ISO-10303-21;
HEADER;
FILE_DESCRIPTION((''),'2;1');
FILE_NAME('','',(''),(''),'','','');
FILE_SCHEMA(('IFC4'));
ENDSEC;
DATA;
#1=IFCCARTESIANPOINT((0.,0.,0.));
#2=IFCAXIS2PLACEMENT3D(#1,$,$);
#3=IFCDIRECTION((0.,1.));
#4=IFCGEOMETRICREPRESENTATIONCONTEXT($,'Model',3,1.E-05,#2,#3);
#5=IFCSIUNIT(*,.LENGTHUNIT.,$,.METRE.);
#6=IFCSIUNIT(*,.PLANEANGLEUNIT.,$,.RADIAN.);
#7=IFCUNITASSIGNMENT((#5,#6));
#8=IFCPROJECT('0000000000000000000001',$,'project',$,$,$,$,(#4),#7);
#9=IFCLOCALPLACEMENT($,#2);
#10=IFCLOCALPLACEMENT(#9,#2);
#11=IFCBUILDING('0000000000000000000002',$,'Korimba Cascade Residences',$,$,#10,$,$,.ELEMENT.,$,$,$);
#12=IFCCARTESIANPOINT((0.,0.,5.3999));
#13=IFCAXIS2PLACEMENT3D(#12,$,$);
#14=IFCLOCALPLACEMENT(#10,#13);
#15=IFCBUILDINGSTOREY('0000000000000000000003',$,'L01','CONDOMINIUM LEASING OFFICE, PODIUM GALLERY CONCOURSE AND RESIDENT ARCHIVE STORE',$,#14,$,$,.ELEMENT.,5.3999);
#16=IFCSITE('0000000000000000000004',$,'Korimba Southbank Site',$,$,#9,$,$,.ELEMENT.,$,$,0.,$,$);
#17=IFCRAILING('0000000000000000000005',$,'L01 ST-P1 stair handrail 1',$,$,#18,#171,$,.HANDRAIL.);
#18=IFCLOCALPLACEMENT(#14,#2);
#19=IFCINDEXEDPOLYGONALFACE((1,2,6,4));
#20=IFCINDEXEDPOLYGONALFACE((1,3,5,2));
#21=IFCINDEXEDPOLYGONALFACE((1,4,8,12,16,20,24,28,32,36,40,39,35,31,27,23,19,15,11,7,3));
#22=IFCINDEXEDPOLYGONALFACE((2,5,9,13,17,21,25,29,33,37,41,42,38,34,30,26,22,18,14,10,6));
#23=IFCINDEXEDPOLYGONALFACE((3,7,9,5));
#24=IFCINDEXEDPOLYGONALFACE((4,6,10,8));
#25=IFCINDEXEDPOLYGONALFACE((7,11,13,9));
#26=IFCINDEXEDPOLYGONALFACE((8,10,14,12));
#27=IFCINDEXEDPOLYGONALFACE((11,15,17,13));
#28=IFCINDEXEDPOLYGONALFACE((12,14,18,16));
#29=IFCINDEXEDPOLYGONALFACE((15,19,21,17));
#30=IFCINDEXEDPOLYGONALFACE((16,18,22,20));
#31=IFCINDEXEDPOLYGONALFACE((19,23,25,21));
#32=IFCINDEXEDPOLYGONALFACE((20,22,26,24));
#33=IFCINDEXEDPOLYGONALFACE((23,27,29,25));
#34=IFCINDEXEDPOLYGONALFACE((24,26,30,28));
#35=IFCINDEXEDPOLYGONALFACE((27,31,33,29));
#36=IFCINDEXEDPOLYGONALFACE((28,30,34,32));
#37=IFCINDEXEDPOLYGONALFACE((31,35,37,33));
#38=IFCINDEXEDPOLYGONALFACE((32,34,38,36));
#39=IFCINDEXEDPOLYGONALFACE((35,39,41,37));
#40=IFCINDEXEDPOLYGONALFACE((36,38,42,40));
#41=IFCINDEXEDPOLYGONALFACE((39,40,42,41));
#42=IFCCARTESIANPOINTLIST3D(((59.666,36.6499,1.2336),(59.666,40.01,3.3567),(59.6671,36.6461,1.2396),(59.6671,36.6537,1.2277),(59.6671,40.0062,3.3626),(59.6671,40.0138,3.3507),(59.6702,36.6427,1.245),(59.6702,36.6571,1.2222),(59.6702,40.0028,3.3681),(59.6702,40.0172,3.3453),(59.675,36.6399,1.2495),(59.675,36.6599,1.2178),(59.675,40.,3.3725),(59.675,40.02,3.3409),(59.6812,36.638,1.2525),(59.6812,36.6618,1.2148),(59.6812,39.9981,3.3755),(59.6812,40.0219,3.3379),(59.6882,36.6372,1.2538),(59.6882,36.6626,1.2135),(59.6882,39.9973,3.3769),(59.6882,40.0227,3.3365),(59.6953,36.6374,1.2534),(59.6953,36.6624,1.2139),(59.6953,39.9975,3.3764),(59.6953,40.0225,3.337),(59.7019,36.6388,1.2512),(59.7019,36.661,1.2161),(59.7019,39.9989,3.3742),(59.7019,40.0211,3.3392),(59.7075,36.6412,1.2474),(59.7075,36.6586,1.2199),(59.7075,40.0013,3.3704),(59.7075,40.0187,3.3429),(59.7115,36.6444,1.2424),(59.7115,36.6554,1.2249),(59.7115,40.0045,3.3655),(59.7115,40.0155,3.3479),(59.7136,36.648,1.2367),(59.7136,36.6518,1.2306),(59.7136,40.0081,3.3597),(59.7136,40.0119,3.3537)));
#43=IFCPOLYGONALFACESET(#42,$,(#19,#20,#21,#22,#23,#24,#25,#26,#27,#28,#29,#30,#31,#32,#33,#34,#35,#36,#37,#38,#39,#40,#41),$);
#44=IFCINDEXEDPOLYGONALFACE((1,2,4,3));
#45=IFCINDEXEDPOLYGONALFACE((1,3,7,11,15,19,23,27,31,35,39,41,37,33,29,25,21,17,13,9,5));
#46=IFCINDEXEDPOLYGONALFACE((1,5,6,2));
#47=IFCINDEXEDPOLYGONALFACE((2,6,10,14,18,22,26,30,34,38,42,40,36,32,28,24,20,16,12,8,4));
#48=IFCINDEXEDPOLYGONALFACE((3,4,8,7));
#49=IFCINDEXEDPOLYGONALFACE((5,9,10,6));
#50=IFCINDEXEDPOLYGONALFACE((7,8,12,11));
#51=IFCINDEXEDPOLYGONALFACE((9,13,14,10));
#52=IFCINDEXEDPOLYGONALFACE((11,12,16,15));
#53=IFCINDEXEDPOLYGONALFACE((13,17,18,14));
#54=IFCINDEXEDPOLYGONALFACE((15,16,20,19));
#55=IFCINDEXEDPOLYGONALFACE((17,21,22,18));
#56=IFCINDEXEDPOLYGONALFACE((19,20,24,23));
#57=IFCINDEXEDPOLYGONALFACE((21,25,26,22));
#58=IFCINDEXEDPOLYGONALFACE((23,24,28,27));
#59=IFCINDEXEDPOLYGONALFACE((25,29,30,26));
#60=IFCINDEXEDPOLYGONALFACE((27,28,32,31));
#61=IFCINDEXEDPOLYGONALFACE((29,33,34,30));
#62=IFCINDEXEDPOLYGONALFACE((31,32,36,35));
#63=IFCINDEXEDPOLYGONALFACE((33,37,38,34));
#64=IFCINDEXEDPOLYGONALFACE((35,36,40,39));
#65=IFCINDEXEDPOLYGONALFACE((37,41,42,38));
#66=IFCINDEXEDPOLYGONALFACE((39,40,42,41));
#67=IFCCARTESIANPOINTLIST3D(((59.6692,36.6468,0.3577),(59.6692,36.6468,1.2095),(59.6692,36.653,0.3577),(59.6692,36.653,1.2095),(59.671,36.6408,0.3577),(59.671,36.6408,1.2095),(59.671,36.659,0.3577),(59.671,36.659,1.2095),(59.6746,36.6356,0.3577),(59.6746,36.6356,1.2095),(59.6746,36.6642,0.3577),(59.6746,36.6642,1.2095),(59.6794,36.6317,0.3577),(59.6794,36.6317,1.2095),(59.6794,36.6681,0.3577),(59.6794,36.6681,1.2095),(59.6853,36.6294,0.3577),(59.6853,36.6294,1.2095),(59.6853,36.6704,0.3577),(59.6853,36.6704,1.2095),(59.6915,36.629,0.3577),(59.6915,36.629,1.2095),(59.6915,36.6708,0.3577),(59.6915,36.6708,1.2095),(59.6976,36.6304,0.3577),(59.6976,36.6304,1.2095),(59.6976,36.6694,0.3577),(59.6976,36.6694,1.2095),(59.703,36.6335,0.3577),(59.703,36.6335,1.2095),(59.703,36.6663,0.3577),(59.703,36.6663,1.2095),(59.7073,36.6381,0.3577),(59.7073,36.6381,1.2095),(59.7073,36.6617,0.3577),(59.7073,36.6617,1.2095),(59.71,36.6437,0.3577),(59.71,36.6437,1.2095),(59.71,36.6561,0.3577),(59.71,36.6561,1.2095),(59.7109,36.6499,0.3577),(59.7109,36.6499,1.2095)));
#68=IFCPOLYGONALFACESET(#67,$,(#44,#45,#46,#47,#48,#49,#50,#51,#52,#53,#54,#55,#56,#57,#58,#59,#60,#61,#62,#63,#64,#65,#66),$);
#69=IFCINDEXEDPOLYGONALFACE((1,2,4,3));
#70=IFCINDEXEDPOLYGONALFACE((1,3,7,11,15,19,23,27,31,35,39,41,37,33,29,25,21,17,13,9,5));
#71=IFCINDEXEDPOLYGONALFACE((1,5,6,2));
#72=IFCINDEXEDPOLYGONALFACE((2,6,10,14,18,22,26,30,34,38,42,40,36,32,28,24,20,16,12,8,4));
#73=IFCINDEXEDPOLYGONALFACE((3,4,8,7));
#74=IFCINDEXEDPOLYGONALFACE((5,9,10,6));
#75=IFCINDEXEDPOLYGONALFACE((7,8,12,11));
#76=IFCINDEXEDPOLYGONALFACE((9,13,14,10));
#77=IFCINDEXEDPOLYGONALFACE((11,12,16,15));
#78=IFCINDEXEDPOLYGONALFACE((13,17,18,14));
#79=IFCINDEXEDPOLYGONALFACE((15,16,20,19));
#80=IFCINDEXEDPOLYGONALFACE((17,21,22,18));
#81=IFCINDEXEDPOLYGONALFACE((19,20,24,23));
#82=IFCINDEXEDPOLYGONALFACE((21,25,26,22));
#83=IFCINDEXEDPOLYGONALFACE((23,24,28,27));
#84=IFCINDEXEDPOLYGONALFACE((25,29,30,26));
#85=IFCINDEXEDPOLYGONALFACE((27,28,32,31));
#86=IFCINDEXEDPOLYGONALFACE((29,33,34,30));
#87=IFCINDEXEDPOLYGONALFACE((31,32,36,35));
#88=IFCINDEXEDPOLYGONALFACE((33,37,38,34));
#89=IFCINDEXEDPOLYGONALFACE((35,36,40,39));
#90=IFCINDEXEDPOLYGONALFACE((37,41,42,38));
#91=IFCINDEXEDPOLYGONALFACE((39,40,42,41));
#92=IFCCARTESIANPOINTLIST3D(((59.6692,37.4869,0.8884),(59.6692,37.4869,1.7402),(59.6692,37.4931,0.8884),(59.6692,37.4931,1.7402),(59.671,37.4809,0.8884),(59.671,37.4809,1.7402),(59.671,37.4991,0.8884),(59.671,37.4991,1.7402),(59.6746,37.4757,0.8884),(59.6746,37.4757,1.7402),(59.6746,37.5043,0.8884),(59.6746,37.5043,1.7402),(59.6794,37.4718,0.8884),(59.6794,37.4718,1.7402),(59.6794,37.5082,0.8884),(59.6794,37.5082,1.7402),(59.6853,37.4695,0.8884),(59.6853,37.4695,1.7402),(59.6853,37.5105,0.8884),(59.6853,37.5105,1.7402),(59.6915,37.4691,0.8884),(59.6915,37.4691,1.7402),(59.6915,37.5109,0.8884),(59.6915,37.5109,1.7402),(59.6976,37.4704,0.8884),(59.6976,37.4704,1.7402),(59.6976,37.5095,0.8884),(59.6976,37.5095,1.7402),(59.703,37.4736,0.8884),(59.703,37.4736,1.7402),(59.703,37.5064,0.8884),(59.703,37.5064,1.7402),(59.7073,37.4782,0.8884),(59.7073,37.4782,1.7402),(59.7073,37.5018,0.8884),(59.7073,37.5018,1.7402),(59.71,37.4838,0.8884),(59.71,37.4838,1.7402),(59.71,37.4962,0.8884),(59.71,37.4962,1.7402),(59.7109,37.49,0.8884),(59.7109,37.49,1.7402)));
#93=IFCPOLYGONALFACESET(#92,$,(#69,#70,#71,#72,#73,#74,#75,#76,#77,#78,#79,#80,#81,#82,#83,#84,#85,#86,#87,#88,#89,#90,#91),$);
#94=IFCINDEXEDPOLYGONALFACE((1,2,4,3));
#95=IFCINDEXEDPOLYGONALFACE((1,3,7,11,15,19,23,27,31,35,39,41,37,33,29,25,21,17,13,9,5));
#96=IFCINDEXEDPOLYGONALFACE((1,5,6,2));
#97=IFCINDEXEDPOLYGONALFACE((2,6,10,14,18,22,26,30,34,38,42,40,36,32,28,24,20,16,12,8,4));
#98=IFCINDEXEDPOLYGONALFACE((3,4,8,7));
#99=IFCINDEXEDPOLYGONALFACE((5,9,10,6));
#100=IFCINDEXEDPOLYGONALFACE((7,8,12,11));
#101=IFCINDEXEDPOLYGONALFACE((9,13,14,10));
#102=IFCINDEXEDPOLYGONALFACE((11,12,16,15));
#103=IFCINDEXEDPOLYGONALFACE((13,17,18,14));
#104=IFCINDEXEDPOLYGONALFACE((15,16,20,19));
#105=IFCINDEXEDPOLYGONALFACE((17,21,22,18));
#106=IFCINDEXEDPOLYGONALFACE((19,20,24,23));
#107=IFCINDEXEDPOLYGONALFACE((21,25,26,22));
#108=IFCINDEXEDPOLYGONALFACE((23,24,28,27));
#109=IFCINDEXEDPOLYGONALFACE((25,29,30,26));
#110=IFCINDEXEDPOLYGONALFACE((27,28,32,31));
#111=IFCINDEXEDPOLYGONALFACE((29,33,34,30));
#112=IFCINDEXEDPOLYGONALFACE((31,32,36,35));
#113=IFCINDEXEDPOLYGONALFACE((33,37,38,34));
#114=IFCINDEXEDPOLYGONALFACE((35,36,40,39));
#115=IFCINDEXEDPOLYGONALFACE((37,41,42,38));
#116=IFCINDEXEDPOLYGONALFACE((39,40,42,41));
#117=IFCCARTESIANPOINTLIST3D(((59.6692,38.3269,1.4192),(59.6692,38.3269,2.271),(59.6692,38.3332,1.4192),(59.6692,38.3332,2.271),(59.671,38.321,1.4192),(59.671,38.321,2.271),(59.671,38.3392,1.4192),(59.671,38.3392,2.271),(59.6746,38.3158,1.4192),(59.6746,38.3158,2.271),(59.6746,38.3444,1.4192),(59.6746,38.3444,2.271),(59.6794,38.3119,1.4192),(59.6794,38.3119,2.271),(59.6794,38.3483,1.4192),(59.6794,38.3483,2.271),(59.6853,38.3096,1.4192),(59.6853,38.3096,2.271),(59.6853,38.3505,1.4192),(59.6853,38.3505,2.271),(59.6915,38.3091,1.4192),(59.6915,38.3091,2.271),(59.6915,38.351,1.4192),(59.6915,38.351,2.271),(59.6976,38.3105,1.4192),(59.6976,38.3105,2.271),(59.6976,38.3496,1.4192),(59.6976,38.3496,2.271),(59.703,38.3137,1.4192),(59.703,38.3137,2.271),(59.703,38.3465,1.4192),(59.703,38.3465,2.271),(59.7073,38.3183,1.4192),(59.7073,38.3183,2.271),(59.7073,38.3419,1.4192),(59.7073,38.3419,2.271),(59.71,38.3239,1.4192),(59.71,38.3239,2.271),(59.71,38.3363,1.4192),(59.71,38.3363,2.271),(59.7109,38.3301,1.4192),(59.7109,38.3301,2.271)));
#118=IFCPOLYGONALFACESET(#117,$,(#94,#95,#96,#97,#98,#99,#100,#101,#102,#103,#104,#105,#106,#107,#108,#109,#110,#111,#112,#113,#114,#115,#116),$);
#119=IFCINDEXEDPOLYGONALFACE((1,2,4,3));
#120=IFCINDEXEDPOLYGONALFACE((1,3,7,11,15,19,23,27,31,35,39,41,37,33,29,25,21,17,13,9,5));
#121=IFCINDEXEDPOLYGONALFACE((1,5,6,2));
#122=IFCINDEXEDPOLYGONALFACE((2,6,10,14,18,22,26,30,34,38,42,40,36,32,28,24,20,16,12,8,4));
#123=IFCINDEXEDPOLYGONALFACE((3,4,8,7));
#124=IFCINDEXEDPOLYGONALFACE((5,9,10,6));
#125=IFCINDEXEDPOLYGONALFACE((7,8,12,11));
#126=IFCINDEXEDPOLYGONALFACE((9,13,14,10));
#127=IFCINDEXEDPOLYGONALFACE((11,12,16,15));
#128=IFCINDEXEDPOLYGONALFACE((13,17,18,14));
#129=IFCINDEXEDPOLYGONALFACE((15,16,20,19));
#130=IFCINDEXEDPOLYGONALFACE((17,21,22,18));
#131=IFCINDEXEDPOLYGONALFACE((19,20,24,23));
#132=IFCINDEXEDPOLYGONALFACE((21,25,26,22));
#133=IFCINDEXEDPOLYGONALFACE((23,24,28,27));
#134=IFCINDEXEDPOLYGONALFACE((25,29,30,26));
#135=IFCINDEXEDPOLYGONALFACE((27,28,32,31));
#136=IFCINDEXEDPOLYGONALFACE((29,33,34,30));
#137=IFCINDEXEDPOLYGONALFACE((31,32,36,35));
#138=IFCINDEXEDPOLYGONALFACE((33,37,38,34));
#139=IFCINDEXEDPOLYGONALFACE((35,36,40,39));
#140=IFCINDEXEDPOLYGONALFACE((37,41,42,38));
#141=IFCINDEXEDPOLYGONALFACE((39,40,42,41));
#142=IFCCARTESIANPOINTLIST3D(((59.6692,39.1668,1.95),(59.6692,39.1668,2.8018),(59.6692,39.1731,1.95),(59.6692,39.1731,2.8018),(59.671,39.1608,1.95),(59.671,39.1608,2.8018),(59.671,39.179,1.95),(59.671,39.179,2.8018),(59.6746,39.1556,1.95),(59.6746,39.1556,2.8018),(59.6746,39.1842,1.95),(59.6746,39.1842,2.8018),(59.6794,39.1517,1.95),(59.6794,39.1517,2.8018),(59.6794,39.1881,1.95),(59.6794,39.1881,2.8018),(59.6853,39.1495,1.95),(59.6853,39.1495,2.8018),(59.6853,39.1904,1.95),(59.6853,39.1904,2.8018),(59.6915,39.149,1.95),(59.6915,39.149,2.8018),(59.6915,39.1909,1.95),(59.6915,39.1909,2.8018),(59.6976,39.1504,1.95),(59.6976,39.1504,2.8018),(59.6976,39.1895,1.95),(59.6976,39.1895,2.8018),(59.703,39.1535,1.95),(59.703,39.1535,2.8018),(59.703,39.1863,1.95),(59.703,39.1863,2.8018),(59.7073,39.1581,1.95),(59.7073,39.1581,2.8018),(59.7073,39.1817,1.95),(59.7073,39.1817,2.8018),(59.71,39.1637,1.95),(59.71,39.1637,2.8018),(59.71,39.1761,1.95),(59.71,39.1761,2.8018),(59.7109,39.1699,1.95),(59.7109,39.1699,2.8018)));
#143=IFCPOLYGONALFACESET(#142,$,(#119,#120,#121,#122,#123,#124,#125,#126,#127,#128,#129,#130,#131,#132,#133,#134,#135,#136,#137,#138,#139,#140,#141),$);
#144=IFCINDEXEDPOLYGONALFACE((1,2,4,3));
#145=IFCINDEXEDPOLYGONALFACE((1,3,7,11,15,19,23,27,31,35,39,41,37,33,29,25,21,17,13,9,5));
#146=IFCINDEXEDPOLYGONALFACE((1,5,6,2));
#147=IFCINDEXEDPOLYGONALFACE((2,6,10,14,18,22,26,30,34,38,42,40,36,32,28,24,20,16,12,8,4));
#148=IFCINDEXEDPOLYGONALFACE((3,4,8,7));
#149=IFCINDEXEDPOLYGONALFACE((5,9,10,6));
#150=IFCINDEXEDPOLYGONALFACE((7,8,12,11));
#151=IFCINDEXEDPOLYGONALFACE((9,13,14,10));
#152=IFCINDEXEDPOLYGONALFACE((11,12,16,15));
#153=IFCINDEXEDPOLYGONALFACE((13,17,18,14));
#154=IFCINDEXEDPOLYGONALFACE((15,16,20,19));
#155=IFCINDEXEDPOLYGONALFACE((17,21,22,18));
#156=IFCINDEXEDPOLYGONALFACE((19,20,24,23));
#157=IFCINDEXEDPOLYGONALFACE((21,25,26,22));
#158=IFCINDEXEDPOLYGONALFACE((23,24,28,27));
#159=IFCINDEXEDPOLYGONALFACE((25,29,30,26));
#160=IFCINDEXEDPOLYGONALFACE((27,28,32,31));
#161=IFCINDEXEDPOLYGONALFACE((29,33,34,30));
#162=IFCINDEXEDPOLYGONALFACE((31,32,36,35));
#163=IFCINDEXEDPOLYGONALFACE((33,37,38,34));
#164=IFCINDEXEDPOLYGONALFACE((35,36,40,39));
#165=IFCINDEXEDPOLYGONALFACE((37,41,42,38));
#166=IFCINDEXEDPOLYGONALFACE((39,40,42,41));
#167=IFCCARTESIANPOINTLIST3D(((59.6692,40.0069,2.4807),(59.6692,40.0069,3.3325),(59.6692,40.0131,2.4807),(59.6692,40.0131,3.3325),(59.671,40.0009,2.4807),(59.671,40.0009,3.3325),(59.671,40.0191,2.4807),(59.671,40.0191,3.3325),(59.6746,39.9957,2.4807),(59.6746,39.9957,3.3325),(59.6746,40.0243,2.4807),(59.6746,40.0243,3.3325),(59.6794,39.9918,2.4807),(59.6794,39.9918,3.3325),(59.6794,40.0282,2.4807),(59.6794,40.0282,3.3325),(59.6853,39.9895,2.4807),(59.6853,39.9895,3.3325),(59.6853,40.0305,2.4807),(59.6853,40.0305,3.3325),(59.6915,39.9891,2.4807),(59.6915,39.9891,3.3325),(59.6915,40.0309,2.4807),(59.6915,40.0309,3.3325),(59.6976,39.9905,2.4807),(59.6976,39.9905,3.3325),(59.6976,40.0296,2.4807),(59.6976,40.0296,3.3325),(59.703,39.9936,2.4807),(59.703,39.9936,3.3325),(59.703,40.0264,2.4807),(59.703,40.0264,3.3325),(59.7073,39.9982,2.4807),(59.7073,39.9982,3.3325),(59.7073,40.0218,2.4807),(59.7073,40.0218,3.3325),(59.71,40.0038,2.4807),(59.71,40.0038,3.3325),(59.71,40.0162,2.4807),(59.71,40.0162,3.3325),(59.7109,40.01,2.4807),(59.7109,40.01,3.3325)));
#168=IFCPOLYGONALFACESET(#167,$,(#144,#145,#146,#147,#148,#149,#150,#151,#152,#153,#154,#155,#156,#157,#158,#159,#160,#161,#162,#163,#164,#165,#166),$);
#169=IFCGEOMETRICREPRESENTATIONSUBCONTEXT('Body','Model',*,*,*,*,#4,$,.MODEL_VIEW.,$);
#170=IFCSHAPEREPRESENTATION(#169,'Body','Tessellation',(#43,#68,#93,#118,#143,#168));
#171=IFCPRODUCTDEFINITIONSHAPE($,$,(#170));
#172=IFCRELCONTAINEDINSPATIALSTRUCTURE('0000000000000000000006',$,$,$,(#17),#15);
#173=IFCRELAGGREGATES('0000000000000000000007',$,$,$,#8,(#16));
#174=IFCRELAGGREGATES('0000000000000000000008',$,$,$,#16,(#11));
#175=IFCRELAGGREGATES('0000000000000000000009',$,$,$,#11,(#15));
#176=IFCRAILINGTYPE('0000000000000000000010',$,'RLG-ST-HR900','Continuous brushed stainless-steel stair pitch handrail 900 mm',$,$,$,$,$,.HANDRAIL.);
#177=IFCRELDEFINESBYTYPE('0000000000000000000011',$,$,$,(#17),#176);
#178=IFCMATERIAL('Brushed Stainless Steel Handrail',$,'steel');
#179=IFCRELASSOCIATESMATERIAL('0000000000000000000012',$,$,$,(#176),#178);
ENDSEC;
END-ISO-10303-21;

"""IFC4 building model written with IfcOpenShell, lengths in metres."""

from ifc_helpers import new_model, si_unit, direction, frame, origin, origin_2d, place, context, subcontext, project, spatial, circle, extrude, material, type_object, element, save


model = new_model("IFC4")

# Units and contexts
model_context = context("Model", 3, precision=1e-05, world=origin(), true_north=direction((0.0, 1.0)))
body_context = subcontext(model_context, "Body", "Model", "MODEL_VIEW")
ifc_project = project(units=[si_unit("LENGTHUNIT", "METRE"), si_unit("PLANEANGLEUNIT", "RADIAN")], contexts=[model_context])

# Site, building, storey
site_placement = place(None, origin())
site = spatial("IfcSite", under=ifc_project, at=site_placement, Name="Korimba Southbank Site", CompositionType="ELEMENT", RefElevation=0.0)
building_placement = place(site_placement, origin())
building = spatial("IfcBuilding", under=site, at=building_placement, Name="Korimba Cascade Residences", CompositionType="ELEMENT")
storey_placement = place(building_placement, frame((0.0, 0.0, 5.3999)))
storey = spatial("IfcBuildingStorey", under=building, at=storey_placement, Name="L01", Description="CONDOMINIUM LEASING OFFICE, PODIUM GALLERY CONCOURSE AND RESIDENT ARCHIVE STORE", CompositionType="ELEMENT", Elevation=5.3999)

# Railing
ifc_material_1 = material(Name="Brushed Stainless Steel Handrail", Category="steel")
railing_type_1 = type_object("IfcRailingType", Name="RLG-ST-HR900", Description="Continuous brushed stainless-steel stair pitch handrail 900 mm", PredefinedType="HANDRAIL", material=ifc_material_1)
railing_1_placement = place(storey_placement, frame((59.6899, 36.6499, 0.3577)))
element("IfcRailing", 1, at=railing_1_placement, inside=storey, type_object=railing_type_1, Name="L01 ST-P1 stair handrail 1", PredefinedType="HANDRAIL", context=body_context, shape_type="SweptSolid", body=[
    extrude(circle(Radius=0.0239, at=origin_2d()), frame((0.0, 0.0, 0.876), z_axis=(0.0, 0.84539, 0.53415), x_axis=(-1.0, 0.0, 0.0)), (0.0, 0.0, 1.0), 3.9746),
    extrude(circle(Radius=0.021, at=origin_2d()), origin(), (0.0, 0.0, 1.0), 0.8518),
    extrude(circle(Radius=0.021, at=origin_2d()), frame((0.0, 0.8401, 0.5308)), (0.0, 0.0, 1.0), 0.8518),
    extrude(circle(Radius=0.021, at=origin_2d()), frame((0.0, 1.6802, 1.0615)), (0.0, 0.0, 1.0), 0.8518),
    extrude(circle(Radius=0.021, at=origin_2d()), frame((0.0, 2.52, 1.5923)), (0.0, 0.0, 1.0), 0.8518),
    extrude(circle(Radius=0.021, at=origin_2d()), frame((0.0, 3.3601, 2.123)), (0.0, 0.0, 1.0), 0.8518),
])

save(model, "model.ifc")
